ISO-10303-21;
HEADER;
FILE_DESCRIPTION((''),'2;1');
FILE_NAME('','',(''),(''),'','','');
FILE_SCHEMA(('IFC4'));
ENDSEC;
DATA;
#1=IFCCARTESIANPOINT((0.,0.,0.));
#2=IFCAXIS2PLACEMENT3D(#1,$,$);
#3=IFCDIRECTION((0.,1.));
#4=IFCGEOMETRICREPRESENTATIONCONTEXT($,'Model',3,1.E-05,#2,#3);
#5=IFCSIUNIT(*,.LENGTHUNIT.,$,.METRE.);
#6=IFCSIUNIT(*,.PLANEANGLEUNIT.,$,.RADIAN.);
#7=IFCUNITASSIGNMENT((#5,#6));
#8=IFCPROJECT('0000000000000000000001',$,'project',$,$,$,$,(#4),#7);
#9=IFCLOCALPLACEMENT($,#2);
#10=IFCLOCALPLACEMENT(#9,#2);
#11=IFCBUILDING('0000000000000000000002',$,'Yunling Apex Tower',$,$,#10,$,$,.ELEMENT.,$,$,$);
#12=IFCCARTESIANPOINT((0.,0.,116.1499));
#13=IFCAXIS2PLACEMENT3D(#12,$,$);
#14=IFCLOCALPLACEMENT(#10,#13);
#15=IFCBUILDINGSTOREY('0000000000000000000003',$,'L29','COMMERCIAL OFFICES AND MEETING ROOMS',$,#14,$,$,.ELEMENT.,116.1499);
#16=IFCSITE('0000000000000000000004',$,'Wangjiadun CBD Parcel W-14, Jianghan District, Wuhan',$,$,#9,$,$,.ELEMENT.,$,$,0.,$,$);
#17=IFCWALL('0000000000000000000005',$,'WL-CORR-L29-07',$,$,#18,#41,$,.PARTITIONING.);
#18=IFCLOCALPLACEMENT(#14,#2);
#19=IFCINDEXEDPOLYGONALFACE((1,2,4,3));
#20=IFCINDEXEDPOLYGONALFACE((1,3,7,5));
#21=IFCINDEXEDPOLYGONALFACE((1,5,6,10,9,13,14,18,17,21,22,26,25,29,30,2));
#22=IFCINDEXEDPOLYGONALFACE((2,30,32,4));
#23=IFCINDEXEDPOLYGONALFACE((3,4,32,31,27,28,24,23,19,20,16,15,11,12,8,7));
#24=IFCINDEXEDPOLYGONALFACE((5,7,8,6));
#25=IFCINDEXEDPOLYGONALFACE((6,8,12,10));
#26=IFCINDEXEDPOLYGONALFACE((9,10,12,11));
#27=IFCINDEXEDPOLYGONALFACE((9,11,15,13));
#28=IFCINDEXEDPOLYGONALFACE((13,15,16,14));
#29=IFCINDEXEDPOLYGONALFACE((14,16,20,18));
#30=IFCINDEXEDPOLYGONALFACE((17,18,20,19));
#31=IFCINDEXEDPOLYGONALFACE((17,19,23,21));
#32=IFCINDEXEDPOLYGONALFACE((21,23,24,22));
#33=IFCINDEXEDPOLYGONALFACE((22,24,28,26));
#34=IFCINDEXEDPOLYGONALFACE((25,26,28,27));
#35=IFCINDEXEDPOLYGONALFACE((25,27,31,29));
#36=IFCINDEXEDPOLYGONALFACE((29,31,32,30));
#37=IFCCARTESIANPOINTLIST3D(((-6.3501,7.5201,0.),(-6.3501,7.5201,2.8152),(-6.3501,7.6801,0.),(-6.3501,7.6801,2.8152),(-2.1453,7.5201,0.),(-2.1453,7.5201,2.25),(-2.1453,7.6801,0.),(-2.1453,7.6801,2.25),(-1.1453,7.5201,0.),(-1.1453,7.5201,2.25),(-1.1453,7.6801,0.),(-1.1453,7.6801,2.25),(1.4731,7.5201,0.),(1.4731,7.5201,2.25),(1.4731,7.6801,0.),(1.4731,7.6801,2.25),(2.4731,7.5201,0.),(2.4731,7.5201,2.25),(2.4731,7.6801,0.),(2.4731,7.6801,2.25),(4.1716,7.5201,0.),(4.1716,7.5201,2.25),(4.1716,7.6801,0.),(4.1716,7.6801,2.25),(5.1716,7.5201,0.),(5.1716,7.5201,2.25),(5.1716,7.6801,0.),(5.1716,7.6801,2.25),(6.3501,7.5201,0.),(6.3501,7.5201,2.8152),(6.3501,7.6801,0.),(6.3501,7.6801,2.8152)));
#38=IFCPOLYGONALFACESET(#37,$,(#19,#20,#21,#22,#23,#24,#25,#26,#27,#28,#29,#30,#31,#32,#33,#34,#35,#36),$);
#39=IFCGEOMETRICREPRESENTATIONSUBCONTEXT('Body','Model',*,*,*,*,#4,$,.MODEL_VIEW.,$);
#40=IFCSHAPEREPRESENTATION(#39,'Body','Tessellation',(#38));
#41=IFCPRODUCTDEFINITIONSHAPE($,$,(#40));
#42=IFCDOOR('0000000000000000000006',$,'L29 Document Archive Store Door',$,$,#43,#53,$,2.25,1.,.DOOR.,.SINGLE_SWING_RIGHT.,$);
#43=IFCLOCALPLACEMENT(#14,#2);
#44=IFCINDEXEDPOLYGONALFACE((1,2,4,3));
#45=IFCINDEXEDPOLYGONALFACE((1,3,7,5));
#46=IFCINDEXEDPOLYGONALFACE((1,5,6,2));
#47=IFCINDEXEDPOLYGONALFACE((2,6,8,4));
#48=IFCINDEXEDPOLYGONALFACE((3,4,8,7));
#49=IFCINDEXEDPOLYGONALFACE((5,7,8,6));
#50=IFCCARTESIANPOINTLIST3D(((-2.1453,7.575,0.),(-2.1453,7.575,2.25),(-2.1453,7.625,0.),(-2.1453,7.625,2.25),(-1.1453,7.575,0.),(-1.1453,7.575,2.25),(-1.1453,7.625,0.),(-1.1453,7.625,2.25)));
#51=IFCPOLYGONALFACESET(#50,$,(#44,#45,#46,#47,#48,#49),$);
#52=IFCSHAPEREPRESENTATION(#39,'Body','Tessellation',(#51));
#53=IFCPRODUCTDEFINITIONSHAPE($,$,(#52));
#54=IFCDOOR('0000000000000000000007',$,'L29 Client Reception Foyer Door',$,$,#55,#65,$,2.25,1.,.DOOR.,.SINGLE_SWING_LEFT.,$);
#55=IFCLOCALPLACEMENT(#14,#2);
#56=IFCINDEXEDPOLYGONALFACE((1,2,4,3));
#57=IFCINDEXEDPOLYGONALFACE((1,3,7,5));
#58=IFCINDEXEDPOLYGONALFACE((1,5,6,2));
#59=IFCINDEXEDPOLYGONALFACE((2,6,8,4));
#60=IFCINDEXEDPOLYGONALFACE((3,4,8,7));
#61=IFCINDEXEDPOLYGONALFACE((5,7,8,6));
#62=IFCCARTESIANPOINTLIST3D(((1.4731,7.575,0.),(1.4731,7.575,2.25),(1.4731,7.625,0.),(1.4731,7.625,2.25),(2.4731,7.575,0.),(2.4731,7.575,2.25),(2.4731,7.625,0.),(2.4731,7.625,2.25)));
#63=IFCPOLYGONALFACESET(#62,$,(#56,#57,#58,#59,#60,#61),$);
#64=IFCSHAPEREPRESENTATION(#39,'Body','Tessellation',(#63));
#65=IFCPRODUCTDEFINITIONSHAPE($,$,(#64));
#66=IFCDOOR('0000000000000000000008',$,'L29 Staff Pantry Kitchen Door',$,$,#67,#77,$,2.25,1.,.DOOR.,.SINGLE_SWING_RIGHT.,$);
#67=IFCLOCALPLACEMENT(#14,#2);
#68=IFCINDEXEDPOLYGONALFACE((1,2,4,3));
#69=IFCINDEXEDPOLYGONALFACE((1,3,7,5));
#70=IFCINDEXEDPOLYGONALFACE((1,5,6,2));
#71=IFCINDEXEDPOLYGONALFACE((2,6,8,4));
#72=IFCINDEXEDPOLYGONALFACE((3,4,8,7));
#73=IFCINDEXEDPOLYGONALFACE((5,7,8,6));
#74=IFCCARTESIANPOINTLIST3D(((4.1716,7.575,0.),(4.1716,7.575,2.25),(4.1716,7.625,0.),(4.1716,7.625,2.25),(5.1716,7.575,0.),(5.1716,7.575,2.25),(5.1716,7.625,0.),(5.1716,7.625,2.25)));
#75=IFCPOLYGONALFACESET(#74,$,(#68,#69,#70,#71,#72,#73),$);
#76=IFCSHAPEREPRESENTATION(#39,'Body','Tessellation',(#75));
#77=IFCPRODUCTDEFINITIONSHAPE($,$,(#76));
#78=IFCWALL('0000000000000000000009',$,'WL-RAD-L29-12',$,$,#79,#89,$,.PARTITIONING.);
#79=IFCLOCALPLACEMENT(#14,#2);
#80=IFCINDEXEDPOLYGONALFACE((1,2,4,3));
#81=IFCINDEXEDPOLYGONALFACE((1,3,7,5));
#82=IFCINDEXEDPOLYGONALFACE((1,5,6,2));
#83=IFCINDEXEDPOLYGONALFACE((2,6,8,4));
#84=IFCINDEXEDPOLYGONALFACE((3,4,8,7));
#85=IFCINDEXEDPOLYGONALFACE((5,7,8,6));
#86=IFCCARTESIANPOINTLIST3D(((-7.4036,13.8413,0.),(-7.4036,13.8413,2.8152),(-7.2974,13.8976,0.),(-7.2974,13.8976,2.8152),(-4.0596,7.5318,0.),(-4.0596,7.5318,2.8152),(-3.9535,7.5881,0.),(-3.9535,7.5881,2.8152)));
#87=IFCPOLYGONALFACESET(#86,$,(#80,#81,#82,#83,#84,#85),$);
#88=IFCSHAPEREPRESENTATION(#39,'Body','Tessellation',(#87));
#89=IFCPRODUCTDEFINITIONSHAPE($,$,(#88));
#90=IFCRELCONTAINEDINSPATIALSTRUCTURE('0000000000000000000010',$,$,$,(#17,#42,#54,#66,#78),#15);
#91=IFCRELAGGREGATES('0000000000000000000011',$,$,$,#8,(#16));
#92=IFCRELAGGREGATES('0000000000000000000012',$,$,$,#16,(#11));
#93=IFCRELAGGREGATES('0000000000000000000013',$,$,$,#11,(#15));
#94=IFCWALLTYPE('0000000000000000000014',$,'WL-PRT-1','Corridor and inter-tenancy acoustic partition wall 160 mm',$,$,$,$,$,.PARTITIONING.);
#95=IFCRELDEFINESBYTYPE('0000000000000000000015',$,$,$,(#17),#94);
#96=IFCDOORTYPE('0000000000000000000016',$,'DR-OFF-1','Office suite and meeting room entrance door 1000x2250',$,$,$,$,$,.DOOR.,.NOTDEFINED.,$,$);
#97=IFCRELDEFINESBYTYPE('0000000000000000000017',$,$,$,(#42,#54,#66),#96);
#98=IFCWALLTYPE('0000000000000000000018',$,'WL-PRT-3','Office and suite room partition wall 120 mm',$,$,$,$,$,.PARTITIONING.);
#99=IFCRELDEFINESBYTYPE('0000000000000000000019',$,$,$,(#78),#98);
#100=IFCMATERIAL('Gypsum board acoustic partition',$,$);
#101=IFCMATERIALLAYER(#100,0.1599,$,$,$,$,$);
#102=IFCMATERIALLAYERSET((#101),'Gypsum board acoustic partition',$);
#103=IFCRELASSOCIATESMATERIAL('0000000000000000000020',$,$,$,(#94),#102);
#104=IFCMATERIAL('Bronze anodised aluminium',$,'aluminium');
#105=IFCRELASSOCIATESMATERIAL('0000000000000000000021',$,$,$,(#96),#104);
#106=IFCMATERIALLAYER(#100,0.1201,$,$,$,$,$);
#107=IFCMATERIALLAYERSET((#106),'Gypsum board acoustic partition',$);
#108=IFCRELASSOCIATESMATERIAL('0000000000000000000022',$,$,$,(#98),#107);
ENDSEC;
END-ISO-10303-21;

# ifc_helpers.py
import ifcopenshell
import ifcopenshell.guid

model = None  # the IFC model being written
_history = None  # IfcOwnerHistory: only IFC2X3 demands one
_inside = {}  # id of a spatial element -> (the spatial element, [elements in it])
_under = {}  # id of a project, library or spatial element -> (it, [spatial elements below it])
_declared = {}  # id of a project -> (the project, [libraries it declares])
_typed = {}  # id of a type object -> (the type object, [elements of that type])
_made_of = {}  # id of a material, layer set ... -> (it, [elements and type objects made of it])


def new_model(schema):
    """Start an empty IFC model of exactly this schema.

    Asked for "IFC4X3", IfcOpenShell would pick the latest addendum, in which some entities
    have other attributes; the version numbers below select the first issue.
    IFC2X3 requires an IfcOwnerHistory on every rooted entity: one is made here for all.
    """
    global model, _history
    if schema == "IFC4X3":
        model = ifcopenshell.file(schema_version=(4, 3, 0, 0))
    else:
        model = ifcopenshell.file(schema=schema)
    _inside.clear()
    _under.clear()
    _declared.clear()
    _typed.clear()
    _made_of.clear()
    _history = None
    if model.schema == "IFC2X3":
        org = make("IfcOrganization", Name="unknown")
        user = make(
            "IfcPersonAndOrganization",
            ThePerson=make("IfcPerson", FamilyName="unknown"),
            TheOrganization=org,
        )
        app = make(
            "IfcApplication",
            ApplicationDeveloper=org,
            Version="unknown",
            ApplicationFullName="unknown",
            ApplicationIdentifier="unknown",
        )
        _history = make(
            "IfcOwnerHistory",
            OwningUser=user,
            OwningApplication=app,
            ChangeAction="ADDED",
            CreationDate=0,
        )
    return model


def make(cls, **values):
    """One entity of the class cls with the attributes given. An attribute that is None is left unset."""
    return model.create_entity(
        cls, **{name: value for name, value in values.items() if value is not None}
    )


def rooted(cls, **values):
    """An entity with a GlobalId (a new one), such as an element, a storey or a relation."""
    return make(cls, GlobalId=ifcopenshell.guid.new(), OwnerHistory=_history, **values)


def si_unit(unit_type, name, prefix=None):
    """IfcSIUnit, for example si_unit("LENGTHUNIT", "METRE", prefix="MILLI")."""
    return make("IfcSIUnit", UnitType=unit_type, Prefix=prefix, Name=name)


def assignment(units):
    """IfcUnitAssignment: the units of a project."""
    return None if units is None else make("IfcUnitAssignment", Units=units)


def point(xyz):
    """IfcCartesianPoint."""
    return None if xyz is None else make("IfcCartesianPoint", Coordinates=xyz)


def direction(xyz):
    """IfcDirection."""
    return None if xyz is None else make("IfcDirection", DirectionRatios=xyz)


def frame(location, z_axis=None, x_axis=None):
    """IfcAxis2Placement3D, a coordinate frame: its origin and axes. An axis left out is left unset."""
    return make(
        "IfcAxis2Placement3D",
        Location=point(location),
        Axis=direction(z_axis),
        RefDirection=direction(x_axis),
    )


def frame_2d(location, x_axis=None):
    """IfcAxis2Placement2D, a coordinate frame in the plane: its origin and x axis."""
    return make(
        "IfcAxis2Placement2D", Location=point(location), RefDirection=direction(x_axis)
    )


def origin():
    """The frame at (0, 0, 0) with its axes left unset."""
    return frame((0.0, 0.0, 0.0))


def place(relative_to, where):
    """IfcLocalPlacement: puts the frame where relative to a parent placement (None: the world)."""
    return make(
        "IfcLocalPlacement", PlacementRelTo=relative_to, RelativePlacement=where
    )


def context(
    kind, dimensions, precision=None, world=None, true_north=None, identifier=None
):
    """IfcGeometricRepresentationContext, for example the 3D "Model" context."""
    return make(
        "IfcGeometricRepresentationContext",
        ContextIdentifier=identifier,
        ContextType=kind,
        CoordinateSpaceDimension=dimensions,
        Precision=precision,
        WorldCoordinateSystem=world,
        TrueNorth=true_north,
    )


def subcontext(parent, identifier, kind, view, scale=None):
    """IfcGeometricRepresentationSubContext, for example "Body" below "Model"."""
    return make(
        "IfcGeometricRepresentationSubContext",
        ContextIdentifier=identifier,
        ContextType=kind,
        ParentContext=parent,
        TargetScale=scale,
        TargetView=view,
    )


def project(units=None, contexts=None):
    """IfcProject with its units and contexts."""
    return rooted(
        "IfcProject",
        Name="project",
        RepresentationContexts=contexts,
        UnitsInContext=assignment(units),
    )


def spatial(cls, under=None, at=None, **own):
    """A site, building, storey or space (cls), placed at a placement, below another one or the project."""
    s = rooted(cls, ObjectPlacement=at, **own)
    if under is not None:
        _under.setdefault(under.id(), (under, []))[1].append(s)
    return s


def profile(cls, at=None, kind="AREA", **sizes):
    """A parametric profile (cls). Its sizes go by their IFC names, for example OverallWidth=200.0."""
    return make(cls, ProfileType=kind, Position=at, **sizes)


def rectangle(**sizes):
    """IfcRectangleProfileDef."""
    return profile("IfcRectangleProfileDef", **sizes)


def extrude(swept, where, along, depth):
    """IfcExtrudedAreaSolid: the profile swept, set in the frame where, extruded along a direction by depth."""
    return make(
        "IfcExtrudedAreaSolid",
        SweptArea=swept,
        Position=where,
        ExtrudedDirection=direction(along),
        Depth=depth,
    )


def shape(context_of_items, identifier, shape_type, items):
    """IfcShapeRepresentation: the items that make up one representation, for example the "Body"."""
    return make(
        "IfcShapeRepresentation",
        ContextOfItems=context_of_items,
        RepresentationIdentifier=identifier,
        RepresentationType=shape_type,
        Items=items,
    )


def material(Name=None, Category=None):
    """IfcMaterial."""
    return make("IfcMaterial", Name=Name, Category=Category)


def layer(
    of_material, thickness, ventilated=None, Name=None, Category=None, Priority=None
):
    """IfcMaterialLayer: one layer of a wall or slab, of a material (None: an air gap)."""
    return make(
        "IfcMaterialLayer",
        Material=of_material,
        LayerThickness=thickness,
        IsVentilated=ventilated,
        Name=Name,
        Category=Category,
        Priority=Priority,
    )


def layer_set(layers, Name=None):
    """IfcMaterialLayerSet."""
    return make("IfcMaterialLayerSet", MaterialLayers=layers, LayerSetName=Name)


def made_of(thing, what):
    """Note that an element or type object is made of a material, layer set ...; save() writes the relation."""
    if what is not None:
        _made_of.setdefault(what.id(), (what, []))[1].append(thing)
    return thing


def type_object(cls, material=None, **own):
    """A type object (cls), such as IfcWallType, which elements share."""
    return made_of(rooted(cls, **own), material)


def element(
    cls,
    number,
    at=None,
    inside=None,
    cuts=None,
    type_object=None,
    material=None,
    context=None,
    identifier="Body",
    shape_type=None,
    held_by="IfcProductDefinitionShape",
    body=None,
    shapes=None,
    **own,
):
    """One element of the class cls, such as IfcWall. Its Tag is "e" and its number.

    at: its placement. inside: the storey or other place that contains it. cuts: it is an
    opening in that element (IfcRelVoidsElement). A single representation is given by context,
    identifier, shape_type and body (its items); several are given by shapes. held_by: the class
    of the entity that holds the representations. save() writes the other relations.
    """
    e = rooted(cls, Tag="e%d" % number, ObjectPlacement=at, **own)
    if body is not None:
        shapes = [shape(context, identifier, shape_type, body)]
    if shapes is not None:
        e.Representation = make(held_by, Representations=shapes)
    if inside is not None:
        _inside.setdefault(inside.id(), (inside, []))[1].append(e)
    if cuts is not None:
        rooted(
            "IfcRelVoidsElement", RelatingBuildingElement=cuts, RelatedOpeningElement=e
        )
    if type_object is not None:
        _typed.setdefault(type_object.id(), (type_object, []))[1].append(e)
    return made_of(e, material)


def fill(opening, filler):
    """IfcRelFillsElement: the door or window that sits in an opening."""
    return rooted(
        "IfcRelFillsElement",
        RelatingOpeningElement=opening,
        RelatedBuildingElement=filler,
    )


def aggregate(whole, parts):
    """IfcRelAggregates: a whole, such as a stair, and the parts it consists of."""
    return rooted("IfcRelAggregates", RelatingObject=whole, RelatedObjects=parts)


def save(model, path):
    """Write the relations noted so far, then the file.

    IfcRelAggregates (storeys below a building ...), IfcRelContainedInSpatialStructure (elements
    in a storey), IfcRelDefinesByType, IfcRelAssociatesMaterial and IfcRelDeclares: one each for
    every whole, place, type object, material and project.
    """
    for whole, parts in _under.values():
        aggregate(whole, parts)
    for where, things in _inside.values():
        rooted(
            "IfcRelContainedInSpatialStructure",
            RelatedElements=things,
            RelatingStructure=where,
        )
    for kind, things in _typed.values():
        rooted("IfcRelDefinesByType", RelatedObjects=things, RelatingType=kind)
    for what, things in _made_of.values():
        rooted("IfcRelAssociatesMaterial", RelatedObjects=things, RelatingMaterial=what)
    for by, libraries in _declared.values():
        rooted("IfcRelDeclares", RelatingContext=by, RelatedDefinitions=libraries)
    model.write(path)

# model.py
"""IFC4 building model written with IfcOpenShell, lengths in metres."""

from ifc_helpers import new_model, si_unit, direction, frame, frame_2d, origin, place, context, subcontext, project, spatial, rectangle, extrude, material, layer, layer_set, type_object, element, fill, save


model = new_model("IFC4")

# Units and contexts
model_context = context("Model", 3, precision=1e-05, world=origin(), true_north=direction((0.0, 1.0)))
body_context = subcontext(model_context, "Body", "Model", "MODEL_VIEW")
ifc_project = project(units=[si_unit("LENGTHUNIT", "METRE"), si_unit("PLANEANGLEUNIT", "RADIAN")], contexts=[model_context])

# Site, building, storey
site_placement = place(None, origin())
site = spatial("IfcSite", under=ifc_project, at=site_placement, Name="Wangjiadun CBD Parcel W-14, Jianghan District, Wuhan", CompositionType="ELEMENT", RefElevation=0.0)
building_placement = place(site_placement, origin())
building = spatial("IfcBuilding", under=site, at=building_placement, Name="Yunling Apex Tower", CompositionType="ELEMENT")
storey_placement = place(building_placement, frame((0.0, 0.0, 116.1499)))
storey = spatial("IfcBuildingStorey", under=building, at=storey_placement, Name="L29", Description="COMMERCIAL OFFICES AND MEETING ROOMS", CompositionType="ELEMENT", Elevation=116.1499)

# Shared definitions
ifc_material_1 = material(Name="Bronze anodised aluminium", Category="aluminium")

# Shared definitions
ifc_material_2 = material(Name="Gypsum board acoustic partition")
ifc_layer_1 = layer(ifc_material_2, 0.1599)
ifc_layer_set_1 = layer_set([ifc_layer_1], Name="Gypsum board acoustic partition")
wall_type_1 = type_object("IfcWallType", Name="WL-PRT-1", Description="Corridor and inter-tenancy acoustic partition wall 160 mm", PredefinedType="PARTITIONING", material=ifc_layer_set_1)

# Wall, openings, doors
wall_1_placement = place(storey_placement, frame((-6.3501, 7.6001, 0.0), z_axis=(0.0, 0.0, 1.0), x_axis=(1.0, 0.0, 0.0)))
wall_1 = element("IfcWall", 1, at=wall_1_placement, inside=storey, type_object=wall_type_1, Name="WL-CORR-L29-07", PredefinedType="PARTITIONING", context=body_context, shape_type="SweptSolid", body=[
    extrude(rectangle(XDim=12.7002, YDim=0.1599, at=frame_2d((6.3501, 0.0))), origin(), (0.0, 0.0, 1.0), 2.8152),
])
opening_1_placement = place(wall_1_placement, frame((4.2048, 0.0, 0.0)))
opening_1 = element("IfcOpeningElement", 2, at=opening_1_placement, cuts=wall_1, PredefinedType="OPENING", context=body_context, shape_type="SweptSolid", body=[
    extrude(rectangle(XDim=1.0, YDim=2.25, at=frame_2d((0.5, 1.125))), frame((0.0, 0.0898, 0.0), z_axis=(0.0, -1.0, 0.0), x_axis=(1.0, 0.0, 0.0)), (0.0, 0.0, 1.0), 0.1799),
])
opening_2_placement = place(wall_1_placement, frame((7.8232, 0.0, 0.0)))
opening_2 = element("IfcOpeningElement", 3, at=opening_2_placement, cuts=wall_1, PredefinedType="OPENING", context=body_context, shape_type="SweptSolid", body=[
    extrude(rectangle(XDim=1.0, YDim=2.25, at=frame_2d((0.5, 1.125))), frame((0.0, 0.0898, 0.0), z_axis=(0.0, -1.0, 0.0), x_axis=(1.0, 0.0, 0.0)), (0.0, 0.0, 1.0), 0.1799),
])
opening_3_placement = place(wall_1_placement, frame((10.5217, 0.0, 0.0)))
opening_3 = element("IfcOpeningElement", 4, at=opening_3_placement, cuts=wall_1, PredefinedType="OPENING", context=body_context, shape_type="SweptSolid", body=[
    extrude(rectangle(XDim=1.0, YDim=2.25, at=frame_2d((0.5, 1.125))), frame((0.0, 0.0898, 0.0), z_axis=(0.0, -1.0, 0.0), x_axis=(1.0, 0.0, 0.0)), (0.0, 0.0, 1.0), 0.1799),
])
door_type = type_object("IfcDoorType", Name="DR-OFF-1", Description="Office suite and meeting room entrance door 1000x2250", OperationType="NOTDEFINED", PredefinedType="DOOR", material=ifc_material_1)
door_1_placement = place(opening_1_placement, origin())
door_1 = element("IfcDoor", 5, at=door_1_placement, inside=storey, type_object=door_type, Name="L29 Document Archive Store Door", OperationType="SINGLE_SWING_RIGHT", OverallHeight=2.25, OverallWidth=1.0, PredefinedType="DOOR", context=body_context, shape_type="SweptSolid", body=[
    extrude(rectangle(XDim=1.0, YDim=2.25, at=frame_2d((0.5, 1.125))), frame((0.0, 0.0249, 0.0), z_axis=(0.0, -1.0, 0.0), x_axis=(1.0, 0.0, 0.0)), (0.0, 0.0, 1.0), 0.05),
])
fill(opening_1, door_1)
door_2_placement = place(opening_2_placement, origin())
door_2 = element("IfcDoor", 6, at=door_2_placement, inside=storey, type_object=door_type, Name="L29 Client Reception Foyer Door", OperationType="SINGLE_SWING_LEFT", OverallHeight=2.25, OverallWidth=1.0, PredefinedType="DOOR", context=body_context, shape_type="SweptSolid", body=[
    extrude(rectangle(XDim=1.0, YDim=2.25, at=frame_2d((0.5, 1.125))), frame((0.0, 0.0249, 0.0), z_axis=(0.0, -1.0, 0.0), x_axis=(1.0, 0.0, 0.0)), (0.0, 0.0, 1.0), 0.05),
])
fill(opening_2, door_2)
door_3_placement = place(opening_3_placement, origin())
door_3 = element("IfcDoor", 7, at=door_3_placement, inside=storey, type_object=door_type, Name="L29 Staff Pantry Kitchen Door", OperationType="SINGLE_SWING_RIGHT", OverallHeight=2.25, OverallWidth=1.0, PredefinedType="DOOR", context=body_context, shape_type="SweptSolid", body=[
    extrude(rectangle(XDim=1.0, YDim=2.25, at=frame_2d((0.5, 1.125))), frame((0.0, 0.0249, 0.0), z_axis=(0.0, -1.0, 0.0), x_axis=(1.0, 0.0, 0.0)), (0.0, 0.0, 1.0), 0.05),
])
fill(opening_3, door_3)

# Wall
ifc_layer_2 = layer(ifc_material_2, 0.1201)
ifc_layer_set_2 = layer_set([ifc_layer_2], Name="Gypsum board acoustic partition")
wall_type_2 = type_object("IfcWallType", Name="WL-PRT-3", Description="Office and suite room partition wall 120 mm", PredefinedType="PARTITIONING", material=ifc_layer_set_2)
wall_2_placement = place(storey_placement, frame((-4.0066, 7.5601, 0.0), z_axis=(0.0, 0.0, 1.0), x_axis=(-0.468285, 0.883577, 0.0)))
element("IfcWall", 8, at=wall_2_placement, inside=storey, type_object=wall_type_2, Name="WL-RAD-L29-12", PredefinedType="PARTITIONING", context=body_context, shape_type="SweptSolid", body=[
    extrude(rectangle(XDim=7.1409, YDim=0.1201, at=frame_2d((3.5703, 0.0))), origin(), (0.0, 0.0, 1.0), 2.8152),
])

save(model, "model.ifc")
